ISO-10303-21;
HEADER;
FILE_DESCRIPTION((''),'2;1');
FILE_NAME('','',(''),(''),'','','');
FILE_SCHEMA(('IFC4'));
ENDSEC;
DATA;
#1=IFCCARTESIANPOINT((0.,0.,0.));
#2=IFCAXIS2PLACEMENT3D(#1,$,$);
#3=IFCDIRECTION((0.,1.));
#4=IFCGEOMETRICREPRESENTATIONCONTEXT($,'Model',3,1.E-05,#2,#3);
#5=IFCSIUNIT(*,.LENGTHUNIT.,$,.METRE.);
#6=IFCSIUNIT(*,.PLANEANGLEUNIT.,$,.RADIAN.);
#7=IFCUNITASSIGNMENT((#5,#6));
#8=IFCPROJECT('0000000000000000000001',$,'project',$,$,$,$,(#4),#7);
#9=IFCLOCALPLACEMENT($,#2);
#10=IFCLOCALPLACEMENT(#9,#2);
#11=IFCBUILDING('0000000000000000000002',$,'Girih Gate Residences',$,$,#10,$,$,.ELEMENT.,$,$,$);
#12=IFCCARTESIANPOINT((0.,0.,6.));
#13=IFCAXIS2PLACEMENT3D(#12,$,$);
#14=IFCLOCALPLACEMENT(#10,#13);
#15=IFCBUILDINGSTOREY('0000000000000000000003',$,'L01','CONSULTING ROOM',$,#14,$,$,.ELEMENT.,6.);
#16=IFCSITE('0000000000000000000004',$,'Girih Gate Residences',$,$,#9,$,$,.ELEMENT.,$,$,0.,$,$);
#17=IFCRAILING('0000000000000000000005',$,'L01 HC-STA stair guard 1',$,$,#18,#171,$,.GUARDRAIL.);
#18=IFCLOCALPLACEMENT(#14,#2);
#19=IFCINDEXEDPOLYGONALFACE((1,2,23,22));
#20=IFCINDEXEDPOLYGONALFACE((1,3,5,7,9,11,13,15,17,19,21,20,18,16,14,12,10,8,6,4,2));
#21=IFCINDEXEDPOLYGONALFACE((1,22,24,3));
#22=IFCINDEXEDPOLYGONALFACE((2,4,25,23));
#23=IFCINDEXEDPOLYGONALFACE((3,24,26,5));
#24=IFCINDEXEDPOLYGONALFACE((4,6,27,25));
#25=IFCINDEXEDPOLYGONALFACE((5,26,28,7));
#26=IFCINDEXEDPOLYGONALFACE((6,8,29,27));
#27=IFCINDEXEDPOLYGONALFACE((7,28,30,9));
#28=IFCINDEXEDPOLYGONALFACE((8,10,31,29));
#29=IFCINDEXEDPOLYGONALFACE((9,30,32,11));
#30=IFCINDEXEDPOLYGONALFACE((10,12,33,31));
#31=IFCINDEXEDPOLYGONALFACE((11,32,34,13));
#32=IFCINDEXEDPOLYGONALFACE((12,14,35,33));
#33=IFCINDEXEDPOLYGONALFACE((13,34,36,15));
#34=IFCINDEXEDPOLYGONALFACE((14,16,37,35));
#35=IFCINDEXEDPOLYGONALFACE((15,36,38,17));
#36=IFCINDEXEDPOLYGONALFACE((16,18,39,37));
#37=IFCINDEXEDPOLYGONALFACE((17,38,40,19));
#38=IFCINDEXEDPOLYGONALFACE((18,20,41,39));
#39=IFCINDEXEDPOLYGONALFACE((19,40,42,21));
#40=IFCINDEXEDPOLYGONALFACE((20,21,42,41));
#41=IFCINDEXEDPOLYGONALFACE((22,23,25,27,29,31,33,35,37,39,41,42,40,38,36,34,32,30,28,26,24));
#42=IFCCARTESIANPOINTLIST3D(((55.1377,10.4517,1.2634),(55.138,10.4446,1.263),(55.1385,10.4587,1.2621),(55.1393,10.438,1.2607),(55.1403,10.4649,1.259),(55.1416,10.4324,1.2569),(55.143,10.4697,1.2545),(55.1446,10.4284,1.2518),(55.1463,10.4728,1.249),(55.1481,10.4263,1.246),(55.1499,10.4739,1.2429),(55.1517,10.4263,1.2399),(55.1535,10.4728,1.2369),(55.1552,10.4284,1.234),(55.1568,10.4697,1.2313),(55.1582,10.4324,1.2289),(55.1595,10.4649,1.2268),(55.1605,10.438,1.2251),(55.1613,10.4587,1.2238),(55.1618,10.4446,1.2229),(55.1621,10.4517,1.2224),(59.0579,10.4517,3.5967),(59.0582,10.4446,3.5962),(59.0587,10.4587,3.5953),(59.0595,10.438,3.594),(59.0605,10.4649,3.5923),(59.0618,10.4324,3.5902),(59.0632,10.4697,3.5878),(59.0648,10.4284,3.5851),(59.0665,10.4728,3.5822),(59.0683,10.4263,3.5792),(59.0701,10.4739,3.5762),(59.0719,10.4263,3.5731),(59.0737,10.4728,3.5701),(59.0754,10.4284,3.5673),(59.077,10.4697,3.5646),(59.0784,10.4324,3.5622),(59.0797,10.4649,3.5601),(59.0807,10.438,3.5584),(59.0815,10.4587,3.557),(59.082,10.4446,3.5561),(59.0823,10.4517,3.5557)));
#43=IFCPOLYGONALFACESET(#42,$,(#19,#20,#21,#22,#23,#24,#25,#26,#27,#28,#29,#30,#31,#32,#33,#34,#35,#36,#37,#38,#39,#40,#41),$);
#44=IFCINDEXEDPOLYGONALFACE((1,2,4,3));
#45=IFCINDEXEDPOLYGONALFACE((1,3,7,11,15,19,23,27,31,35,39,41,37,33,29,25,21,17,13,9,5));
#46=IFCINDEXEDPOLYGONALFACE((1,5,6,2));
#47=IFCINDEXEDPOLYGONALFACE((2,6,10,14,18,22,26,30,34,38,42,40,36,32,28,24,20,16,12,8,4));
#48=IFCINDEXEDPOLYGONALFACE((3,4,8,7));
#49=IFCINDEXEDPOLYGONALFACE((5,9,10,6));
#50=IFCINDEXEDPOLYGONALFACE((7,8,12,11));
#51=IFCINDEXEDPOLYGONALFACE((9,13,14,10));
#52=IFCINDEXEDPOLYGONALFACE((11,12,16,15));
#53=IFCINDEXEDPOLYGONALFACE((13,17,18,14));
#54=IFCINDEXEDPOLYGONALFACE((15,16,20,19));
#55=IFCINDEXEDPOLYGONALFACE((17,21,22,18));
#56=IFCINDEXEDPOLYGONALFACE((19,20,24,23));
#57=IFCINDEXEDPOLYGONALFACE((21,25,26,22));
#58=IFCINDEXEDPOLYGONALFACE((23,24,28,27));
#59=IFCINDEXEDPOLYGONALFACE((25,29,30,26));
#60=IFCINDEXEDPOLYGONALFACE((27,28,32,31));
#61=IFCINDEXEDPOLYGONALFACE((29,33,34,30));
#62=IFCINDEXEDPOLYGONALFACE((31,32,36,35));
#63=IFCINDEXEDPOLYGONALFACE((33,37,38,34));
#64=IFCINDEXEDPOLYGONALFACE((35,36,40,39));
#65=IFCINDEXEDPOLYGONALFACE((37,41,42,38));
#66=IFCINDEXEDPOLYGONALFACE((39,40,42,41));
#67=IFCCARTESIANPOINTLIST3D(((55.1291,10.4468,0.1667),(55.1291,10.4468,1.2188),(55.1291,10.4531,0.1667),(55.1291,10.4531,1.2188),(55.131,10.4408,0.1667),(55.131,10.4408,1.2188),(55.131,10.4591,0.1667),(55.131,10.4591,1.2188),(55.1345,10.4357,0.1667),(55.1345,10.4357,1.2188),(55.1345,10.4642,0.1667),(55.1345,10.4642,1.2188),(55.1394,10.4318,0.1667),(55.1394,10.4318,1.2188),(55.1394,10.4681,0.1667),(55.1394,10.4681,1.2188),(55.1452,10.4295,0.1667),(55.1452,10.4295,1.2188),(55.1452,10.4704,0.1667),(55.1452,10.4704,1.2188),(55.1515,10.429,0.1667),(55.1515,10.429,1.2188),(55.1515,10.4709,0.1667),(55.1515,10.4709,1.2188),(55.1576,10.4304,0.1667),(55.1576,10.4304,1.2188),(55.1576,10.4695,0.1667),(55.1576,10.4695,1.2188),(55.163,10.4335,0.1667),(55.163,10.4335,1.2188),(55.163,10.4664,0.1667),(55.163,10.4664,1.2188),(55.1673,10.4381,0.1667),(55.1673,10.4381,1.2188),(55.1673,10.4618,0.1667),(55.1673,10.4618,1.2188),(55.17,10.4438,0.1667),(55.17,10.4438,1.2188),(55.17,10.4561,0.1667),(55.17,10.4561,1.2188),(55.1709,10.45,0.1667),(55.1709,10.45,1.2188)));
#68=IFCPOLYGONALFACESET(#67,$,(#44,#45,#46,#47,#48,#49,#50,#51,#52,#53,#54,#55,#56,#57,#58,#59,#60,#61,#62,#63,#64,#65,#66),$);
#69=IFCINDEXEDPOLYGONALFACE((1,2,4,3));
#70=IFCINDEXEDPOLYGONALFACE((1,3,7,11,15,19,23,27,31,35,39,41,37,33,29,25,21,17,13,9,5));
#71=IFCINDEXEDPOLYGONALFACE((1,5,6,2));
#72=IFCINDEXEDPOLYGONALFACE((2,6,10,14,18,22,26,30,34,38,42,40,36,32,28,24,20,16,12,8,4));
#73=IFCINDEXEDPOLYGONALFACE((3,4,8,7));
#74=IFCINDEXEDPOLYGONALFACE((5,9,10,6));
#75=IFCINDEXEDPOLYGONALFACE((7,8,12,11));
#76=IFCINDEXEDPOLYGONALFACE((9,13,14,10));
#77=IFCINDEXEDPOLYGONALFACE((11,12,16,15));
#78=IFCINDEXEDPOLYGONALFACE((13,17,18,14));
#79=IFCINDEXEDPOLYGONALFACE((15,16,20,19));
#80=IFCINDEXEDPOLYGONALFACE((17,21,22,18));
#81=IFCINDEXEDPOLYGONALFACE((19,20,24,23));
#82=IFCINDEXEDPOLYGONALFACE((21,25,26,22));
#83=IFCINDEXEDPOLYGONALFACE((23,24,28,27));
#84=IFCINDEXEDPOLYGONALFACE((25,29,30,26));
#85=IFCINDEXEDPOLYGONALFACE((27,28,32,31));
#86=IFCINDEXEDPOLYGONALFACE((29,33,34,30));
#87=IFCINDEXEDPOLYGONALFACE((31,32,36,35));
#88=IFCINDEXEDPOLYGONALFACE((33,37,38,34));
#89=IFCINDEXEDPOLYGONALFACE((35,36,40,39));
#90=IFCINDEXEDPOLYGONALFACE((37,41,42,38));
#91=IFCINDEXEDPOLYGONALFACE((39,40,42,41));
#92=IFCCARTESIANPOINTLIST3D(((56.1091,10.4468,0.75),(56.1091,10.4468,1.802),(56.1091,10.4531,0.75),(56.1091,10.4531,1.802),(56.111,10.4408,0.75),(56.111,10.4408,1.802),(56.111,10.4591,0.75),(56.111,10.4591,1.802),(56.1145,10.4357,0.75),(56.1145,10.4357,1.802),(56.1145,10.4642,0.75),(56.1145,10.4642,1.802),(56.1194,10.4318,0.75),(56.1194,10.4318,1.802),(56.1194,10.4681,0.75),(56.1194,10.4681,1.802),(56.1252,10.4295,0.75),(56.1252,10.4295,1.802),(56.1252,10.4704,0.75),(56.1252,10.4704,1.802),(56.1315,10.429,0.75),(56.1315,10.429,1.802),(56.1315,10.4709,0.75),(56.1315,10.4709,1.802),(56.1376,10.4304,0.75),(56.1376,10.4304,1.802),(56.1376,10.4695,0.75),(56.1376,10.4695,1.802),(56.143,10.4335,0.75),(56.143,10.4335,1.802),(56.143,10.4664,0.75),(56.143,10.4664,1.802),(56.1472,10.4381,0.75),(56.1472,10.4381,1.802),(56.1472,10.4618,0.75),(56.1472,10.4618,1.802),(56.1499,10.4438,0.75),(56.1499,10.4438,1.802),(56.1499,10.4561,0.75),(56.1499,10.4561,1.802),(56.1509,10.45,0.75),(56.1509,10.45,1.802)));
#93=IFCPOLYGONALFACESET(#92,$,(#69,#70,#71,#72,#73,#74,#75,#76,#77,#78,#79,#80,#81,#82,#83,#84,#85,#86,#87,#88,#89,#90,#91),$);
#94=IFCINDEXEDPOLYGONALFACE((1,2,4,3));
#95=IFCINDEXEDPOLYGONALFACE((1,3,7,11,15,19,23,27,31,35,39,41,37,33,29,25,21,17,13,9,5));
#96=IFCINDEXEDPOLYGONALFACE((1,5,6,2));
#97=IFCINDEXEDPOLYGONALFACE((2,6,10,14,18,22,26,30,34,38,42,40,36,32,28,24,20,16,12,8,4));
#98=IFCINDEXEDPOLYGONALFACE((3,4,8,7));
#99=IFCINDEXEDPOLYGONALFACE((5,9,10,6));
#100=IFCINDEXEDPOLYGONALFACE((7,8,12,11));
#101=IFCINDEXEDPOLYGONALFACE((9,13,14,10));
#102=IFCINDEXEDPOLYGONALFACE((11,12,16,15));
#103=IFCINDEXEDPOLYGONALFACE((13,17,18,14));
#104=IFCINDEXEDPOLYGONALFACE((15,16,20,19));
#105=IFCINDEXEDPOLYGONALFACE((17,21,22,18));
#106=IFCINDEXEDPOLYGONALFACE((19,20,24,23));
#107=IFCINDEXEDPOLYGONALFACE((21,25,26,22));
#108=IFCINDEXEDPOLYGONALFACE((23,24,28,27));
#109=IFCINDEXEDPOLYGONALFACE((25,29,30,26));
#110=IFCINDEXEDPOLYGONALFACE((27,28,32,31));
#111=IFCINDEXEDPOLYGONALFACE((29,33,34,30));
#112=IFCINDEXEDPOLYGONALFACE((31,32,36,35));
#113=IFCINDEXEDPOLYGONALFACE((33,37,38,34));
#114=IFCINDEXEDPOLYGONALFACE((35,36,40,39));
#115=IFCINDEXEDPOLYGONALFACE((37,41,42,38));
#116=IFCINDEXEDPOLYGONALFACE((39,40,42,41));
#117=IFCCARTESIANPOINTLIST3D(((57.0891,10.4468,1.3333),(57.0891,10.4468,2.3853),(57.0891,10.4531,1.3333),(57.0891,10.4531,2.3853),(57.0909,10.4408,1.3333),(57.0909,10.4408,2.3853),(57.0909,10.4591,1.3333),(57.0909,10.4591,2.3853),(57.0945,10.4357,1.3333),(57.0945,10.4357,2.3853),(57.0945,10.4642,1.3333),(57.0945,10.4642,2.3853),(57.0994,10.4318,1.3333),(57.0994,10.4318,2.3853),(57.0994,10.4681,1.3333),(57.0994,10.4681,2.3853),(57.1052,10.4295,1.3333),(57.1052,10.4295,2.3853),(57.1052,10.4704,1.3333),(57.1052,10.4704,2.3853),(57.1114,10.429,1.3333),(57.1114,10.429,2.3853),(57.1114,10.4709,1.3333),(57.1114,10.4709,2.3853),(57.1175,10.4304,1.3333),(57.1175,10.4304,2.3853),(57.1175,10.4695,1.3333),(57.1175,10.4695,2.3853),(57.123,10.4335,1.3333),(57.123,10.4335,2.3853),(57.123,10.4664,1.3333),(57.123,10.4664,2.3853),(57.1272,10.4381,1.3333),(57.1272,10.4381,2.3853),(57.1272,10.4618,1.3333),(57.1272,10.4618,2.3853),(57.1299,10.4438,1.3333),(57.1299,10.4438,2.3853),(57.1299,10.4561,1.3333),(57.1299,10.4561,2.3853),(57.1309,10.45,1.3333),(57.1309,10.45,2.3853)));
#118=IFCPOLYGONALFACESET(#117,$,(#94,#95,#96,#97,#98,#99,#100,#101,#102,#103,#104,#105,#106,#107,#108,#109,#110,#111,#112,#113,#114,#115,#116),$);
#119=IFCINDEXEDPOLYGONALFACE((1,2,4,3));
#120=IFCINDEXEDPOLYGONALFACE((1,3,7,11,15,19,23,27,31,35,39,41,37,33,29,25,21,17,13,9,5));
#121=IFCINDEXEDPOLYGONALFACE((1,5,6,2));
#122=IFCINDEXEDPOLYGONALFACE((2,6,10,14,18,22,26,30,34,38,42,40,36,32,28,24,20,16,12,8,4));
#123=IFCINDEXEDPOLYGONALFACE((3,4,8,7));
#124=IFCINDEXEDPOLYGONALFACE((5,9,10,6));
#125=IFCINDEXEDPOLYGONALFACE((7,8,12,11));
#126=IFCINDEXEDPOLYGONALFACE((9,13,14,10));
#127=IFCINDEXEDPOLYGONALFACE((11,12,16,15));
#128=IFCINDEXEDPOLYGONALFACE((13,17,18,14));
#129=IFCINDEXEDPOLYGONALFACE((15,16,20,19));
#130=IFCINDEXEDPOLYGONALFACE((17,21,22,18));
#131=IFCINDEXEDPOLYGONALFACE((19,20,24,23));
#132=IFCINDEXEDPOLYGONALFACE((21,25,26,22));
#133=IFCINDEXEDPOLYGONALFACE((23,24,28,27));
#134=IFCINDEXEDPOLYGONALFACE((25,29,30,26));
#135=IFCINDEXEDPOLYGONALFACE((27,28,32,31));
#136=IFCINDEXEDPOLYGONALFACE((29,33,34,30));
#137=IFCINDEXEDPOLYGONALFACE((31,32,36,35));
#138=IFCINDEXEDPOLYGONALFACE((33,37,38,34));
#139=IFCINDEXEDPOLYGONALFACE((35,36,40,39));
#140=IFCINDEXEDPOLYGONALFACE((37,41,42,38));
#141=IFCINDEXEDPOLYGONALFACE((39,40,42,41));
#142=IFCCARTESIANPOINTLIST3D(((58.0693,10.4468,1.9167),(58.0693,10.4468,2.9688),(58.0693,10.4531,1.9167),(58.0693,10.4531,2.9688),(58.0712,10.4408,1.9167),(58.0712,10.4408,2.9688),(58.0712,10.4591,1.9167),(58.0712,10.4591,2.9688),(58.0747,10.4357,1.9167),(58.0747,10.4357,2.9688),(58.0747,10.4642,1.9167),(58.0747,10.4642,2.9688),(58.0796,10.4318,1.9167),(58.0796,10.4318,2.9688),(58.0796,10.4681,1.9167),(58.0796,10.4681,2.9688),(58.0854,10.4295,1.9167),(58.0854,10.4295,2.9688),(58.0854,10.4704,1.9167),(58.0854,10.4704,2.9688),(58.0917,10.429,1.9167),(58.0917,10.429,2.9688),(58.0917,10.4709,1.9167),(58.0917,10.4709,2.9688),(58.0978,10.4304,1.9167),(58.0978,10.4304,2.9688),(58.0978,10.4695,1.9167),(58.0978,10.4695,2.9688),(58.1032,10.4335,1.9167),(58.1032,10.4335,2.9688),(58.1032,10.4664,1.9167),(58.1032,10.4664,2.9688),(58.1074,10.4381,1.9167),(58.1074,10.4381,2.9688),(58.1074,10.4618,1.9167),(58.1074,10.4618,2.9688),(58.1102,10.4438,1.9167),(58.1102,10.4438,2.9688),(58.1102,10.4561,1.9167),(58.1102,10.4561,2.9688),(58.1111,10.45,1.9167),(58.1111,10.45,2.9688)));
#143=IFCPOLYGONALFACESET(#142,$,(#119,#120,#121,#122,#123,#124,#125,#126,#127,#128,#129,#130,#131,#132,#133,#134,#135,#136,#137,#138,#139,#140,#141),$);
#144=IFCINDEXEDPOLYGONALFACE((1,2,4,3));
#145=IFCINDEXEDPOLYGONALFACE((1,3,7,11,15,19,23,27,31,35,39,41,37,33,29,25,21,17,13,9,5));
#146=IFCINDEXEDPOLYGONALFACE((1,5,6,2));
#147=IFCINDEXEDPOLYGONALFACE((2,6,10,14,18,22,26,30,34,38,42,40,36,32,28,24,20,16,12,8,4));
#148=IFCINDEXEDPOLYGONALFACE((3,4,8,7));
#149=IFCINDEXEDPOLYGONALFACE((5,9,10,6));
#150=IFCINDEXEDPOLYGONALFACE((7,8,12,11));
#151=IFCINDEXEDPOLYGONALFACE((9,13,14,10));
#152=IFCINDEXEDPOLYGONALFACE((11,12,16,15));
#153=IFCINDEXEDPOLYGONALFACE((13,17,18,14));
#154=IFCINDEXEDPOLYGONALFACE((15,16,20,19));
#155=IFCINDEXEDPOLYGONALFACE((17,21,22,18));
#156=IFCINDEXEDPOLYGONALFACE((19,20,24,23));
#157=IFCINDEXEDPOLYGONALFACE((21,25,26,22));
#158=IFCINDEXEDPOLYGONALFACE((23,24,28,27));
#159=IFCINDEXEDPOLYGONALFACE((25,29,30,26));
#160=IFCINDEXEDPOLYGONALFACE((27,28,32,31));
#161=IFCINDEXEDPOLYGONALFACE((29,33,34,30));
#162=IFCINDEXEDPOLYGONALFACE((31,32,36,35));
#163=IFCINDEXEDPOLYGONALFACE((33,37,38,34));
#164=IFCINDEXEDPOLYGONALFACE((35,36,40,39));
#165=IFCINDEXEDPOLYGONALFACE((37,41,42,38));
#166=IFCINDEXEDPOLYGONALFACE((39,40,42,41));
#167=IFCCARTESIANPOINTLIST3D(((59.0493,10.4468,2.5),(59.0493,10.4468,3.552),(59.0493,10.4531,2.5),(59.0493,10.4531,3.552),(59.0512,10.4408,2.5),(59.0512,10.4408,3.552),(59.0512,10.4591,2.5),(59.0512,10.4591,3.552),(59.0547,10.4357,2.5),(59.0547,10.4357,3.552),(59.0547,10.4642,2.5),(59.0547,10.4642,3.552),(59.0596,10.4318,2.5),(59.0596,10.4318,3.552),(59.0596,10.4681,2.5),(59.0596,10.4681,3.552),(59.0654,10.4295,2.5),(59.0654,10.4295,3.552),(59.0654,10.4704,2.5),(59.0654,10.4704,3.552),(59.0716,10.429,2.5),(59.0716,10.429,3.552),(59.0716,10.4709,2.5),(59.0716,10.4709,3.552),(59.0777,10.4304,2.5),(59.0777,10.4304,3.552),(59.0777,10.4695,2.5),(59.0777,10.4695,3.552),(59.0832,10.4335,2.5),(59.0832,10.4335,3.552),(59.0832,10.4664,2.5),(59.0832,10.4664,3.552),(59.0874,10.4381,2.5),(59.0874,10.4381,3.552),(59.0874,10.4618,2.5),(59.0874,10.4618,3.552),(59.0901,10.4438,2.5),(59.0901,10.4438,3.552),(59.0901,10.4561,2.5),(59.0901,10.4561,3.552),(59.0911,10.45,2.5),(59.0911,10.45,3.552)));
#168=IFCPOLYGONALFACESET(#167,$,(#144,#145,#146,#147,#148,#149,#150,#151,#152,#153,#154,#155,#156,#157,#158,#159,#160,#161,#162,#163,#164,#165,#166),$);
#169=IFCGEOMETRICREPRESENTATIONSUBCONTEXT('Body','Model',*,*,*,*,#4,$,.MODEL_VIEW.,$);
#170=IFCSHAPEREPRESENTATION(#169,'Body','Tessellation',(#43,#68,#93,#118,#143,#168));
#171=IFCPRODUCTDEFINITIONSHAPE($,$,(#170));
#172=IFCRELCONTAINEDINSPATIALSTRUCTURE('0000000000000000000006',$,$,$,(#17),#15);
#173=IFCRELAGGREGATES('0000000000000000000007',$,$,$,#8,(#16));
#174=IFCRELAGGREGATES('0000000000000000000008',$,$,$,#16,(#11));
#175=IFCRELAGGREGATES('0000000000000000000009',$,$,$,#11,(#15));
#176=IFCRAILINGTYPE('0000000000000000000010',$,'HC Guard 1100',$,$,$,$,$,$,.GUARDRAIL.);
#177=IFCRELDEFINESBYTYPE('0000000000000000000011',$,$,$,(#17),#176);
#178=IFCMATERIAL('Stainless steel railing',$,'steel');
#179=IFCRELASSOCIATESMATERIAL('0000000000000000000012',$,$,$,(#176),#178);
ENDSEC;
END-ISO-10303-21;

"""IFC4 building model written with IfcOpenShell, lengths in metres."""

from ifc_helpers import new_model, si_unit, direction, frame, origin, origin_2d, place, context, subcontext, project, spatial, circle, extrude, material, type_object, element, save


model = new_model("IFC4")

# Units and contexts
model_context = context("Model", 3, precision=1e-05, world=origin(), true_north=direction((0.0, 1.0)))
body_context = subcontext(model_context, "Body", "Model", "MODEL_VIEW")
ifc_project = project(units=[si_unit("LENGTHUNIT", "METRE"), si_unit("PLANEANGLEUNIT", "RADIAN")], contexts=[model_context])

# Site, building, storey
site_placement = place(None, origin())
site = spatial("IfcSite", under=ifc_project, at=site_placement, Name="Girih Gate Residences", CompositionType="ELEMENT", RefElevation=0.0)
building_placement = place(site_placement, origin())
building = spatial("IfcBuilding", under=site, at=building_placement, Name="Girih Gate Residences", CompositionType="ELEMENT")
storey_placement = place(building_placement, frame((0.0, 0.0, 6.0)))
storey = spatial("IfcBuildingStorey", under=building, at=storey_placement, Name="L01", Description="CONSULTING ROOM", CompositionType="ELEMENT", Elevation=6.0)

# Railing
ifc_material_1 = material(Name="Stainless steel railing", Category="steel")
railing_type_1 = type_object("IfcRailingType", Name="HC Guard 1100", PredefinedType="GUARDRAIL", material=ifc_material_1)
railing_1_placement = place(storey_placement, frame((55.1499, 10.45, 0.1667)))
element("IfcRailing", 1, at=railing_1_placement, inside=storey, type_object=railing_type_1, Name="L01 HC-STA stair guard 1", PredefinedType="GUARDRAIL", context=body_context, shape_type="SweptSolid", body=[
    extrude(circle(Radius=0.0239, at=origin_2d()), frame((0.0, 0.0, 1.0762), z_axis=(0.85931, 0.0, 0.511455), x_axis=(0.0, 1.0, 0.0)), (0.0, 0.0, 1.0), 4.562),
    extrude(circle(Radius=0.021, at=origin_2d()), origin(), (0.0, 0.0, 1.0), 1.052),
    extrude(circle(Radius=0.021, at=origin_2d()), frame((0.98, 0.0, 0.5833)), (0.0, 0.0, 1.0), 1.052),
    extrude(circle(Radius=0.021, at=origin_2d()), frame((1.96, 0.0, 1.1665)), (0.0, 0.0, 1.0), 1.052),
    extrude(circle(Radius=0.021, at=origin_2d()), frame((2.9402, 0.0, 1.75)), (0.0, 0.0, 1.0), 1.052),
    extrude(circle(Radius=0.021, at=origin_2d()), frame((3.9202, 0.0, 2.3333)), (0.0, 0.0, 1.0), 1.052),
])

save(model, "model.ifc")
